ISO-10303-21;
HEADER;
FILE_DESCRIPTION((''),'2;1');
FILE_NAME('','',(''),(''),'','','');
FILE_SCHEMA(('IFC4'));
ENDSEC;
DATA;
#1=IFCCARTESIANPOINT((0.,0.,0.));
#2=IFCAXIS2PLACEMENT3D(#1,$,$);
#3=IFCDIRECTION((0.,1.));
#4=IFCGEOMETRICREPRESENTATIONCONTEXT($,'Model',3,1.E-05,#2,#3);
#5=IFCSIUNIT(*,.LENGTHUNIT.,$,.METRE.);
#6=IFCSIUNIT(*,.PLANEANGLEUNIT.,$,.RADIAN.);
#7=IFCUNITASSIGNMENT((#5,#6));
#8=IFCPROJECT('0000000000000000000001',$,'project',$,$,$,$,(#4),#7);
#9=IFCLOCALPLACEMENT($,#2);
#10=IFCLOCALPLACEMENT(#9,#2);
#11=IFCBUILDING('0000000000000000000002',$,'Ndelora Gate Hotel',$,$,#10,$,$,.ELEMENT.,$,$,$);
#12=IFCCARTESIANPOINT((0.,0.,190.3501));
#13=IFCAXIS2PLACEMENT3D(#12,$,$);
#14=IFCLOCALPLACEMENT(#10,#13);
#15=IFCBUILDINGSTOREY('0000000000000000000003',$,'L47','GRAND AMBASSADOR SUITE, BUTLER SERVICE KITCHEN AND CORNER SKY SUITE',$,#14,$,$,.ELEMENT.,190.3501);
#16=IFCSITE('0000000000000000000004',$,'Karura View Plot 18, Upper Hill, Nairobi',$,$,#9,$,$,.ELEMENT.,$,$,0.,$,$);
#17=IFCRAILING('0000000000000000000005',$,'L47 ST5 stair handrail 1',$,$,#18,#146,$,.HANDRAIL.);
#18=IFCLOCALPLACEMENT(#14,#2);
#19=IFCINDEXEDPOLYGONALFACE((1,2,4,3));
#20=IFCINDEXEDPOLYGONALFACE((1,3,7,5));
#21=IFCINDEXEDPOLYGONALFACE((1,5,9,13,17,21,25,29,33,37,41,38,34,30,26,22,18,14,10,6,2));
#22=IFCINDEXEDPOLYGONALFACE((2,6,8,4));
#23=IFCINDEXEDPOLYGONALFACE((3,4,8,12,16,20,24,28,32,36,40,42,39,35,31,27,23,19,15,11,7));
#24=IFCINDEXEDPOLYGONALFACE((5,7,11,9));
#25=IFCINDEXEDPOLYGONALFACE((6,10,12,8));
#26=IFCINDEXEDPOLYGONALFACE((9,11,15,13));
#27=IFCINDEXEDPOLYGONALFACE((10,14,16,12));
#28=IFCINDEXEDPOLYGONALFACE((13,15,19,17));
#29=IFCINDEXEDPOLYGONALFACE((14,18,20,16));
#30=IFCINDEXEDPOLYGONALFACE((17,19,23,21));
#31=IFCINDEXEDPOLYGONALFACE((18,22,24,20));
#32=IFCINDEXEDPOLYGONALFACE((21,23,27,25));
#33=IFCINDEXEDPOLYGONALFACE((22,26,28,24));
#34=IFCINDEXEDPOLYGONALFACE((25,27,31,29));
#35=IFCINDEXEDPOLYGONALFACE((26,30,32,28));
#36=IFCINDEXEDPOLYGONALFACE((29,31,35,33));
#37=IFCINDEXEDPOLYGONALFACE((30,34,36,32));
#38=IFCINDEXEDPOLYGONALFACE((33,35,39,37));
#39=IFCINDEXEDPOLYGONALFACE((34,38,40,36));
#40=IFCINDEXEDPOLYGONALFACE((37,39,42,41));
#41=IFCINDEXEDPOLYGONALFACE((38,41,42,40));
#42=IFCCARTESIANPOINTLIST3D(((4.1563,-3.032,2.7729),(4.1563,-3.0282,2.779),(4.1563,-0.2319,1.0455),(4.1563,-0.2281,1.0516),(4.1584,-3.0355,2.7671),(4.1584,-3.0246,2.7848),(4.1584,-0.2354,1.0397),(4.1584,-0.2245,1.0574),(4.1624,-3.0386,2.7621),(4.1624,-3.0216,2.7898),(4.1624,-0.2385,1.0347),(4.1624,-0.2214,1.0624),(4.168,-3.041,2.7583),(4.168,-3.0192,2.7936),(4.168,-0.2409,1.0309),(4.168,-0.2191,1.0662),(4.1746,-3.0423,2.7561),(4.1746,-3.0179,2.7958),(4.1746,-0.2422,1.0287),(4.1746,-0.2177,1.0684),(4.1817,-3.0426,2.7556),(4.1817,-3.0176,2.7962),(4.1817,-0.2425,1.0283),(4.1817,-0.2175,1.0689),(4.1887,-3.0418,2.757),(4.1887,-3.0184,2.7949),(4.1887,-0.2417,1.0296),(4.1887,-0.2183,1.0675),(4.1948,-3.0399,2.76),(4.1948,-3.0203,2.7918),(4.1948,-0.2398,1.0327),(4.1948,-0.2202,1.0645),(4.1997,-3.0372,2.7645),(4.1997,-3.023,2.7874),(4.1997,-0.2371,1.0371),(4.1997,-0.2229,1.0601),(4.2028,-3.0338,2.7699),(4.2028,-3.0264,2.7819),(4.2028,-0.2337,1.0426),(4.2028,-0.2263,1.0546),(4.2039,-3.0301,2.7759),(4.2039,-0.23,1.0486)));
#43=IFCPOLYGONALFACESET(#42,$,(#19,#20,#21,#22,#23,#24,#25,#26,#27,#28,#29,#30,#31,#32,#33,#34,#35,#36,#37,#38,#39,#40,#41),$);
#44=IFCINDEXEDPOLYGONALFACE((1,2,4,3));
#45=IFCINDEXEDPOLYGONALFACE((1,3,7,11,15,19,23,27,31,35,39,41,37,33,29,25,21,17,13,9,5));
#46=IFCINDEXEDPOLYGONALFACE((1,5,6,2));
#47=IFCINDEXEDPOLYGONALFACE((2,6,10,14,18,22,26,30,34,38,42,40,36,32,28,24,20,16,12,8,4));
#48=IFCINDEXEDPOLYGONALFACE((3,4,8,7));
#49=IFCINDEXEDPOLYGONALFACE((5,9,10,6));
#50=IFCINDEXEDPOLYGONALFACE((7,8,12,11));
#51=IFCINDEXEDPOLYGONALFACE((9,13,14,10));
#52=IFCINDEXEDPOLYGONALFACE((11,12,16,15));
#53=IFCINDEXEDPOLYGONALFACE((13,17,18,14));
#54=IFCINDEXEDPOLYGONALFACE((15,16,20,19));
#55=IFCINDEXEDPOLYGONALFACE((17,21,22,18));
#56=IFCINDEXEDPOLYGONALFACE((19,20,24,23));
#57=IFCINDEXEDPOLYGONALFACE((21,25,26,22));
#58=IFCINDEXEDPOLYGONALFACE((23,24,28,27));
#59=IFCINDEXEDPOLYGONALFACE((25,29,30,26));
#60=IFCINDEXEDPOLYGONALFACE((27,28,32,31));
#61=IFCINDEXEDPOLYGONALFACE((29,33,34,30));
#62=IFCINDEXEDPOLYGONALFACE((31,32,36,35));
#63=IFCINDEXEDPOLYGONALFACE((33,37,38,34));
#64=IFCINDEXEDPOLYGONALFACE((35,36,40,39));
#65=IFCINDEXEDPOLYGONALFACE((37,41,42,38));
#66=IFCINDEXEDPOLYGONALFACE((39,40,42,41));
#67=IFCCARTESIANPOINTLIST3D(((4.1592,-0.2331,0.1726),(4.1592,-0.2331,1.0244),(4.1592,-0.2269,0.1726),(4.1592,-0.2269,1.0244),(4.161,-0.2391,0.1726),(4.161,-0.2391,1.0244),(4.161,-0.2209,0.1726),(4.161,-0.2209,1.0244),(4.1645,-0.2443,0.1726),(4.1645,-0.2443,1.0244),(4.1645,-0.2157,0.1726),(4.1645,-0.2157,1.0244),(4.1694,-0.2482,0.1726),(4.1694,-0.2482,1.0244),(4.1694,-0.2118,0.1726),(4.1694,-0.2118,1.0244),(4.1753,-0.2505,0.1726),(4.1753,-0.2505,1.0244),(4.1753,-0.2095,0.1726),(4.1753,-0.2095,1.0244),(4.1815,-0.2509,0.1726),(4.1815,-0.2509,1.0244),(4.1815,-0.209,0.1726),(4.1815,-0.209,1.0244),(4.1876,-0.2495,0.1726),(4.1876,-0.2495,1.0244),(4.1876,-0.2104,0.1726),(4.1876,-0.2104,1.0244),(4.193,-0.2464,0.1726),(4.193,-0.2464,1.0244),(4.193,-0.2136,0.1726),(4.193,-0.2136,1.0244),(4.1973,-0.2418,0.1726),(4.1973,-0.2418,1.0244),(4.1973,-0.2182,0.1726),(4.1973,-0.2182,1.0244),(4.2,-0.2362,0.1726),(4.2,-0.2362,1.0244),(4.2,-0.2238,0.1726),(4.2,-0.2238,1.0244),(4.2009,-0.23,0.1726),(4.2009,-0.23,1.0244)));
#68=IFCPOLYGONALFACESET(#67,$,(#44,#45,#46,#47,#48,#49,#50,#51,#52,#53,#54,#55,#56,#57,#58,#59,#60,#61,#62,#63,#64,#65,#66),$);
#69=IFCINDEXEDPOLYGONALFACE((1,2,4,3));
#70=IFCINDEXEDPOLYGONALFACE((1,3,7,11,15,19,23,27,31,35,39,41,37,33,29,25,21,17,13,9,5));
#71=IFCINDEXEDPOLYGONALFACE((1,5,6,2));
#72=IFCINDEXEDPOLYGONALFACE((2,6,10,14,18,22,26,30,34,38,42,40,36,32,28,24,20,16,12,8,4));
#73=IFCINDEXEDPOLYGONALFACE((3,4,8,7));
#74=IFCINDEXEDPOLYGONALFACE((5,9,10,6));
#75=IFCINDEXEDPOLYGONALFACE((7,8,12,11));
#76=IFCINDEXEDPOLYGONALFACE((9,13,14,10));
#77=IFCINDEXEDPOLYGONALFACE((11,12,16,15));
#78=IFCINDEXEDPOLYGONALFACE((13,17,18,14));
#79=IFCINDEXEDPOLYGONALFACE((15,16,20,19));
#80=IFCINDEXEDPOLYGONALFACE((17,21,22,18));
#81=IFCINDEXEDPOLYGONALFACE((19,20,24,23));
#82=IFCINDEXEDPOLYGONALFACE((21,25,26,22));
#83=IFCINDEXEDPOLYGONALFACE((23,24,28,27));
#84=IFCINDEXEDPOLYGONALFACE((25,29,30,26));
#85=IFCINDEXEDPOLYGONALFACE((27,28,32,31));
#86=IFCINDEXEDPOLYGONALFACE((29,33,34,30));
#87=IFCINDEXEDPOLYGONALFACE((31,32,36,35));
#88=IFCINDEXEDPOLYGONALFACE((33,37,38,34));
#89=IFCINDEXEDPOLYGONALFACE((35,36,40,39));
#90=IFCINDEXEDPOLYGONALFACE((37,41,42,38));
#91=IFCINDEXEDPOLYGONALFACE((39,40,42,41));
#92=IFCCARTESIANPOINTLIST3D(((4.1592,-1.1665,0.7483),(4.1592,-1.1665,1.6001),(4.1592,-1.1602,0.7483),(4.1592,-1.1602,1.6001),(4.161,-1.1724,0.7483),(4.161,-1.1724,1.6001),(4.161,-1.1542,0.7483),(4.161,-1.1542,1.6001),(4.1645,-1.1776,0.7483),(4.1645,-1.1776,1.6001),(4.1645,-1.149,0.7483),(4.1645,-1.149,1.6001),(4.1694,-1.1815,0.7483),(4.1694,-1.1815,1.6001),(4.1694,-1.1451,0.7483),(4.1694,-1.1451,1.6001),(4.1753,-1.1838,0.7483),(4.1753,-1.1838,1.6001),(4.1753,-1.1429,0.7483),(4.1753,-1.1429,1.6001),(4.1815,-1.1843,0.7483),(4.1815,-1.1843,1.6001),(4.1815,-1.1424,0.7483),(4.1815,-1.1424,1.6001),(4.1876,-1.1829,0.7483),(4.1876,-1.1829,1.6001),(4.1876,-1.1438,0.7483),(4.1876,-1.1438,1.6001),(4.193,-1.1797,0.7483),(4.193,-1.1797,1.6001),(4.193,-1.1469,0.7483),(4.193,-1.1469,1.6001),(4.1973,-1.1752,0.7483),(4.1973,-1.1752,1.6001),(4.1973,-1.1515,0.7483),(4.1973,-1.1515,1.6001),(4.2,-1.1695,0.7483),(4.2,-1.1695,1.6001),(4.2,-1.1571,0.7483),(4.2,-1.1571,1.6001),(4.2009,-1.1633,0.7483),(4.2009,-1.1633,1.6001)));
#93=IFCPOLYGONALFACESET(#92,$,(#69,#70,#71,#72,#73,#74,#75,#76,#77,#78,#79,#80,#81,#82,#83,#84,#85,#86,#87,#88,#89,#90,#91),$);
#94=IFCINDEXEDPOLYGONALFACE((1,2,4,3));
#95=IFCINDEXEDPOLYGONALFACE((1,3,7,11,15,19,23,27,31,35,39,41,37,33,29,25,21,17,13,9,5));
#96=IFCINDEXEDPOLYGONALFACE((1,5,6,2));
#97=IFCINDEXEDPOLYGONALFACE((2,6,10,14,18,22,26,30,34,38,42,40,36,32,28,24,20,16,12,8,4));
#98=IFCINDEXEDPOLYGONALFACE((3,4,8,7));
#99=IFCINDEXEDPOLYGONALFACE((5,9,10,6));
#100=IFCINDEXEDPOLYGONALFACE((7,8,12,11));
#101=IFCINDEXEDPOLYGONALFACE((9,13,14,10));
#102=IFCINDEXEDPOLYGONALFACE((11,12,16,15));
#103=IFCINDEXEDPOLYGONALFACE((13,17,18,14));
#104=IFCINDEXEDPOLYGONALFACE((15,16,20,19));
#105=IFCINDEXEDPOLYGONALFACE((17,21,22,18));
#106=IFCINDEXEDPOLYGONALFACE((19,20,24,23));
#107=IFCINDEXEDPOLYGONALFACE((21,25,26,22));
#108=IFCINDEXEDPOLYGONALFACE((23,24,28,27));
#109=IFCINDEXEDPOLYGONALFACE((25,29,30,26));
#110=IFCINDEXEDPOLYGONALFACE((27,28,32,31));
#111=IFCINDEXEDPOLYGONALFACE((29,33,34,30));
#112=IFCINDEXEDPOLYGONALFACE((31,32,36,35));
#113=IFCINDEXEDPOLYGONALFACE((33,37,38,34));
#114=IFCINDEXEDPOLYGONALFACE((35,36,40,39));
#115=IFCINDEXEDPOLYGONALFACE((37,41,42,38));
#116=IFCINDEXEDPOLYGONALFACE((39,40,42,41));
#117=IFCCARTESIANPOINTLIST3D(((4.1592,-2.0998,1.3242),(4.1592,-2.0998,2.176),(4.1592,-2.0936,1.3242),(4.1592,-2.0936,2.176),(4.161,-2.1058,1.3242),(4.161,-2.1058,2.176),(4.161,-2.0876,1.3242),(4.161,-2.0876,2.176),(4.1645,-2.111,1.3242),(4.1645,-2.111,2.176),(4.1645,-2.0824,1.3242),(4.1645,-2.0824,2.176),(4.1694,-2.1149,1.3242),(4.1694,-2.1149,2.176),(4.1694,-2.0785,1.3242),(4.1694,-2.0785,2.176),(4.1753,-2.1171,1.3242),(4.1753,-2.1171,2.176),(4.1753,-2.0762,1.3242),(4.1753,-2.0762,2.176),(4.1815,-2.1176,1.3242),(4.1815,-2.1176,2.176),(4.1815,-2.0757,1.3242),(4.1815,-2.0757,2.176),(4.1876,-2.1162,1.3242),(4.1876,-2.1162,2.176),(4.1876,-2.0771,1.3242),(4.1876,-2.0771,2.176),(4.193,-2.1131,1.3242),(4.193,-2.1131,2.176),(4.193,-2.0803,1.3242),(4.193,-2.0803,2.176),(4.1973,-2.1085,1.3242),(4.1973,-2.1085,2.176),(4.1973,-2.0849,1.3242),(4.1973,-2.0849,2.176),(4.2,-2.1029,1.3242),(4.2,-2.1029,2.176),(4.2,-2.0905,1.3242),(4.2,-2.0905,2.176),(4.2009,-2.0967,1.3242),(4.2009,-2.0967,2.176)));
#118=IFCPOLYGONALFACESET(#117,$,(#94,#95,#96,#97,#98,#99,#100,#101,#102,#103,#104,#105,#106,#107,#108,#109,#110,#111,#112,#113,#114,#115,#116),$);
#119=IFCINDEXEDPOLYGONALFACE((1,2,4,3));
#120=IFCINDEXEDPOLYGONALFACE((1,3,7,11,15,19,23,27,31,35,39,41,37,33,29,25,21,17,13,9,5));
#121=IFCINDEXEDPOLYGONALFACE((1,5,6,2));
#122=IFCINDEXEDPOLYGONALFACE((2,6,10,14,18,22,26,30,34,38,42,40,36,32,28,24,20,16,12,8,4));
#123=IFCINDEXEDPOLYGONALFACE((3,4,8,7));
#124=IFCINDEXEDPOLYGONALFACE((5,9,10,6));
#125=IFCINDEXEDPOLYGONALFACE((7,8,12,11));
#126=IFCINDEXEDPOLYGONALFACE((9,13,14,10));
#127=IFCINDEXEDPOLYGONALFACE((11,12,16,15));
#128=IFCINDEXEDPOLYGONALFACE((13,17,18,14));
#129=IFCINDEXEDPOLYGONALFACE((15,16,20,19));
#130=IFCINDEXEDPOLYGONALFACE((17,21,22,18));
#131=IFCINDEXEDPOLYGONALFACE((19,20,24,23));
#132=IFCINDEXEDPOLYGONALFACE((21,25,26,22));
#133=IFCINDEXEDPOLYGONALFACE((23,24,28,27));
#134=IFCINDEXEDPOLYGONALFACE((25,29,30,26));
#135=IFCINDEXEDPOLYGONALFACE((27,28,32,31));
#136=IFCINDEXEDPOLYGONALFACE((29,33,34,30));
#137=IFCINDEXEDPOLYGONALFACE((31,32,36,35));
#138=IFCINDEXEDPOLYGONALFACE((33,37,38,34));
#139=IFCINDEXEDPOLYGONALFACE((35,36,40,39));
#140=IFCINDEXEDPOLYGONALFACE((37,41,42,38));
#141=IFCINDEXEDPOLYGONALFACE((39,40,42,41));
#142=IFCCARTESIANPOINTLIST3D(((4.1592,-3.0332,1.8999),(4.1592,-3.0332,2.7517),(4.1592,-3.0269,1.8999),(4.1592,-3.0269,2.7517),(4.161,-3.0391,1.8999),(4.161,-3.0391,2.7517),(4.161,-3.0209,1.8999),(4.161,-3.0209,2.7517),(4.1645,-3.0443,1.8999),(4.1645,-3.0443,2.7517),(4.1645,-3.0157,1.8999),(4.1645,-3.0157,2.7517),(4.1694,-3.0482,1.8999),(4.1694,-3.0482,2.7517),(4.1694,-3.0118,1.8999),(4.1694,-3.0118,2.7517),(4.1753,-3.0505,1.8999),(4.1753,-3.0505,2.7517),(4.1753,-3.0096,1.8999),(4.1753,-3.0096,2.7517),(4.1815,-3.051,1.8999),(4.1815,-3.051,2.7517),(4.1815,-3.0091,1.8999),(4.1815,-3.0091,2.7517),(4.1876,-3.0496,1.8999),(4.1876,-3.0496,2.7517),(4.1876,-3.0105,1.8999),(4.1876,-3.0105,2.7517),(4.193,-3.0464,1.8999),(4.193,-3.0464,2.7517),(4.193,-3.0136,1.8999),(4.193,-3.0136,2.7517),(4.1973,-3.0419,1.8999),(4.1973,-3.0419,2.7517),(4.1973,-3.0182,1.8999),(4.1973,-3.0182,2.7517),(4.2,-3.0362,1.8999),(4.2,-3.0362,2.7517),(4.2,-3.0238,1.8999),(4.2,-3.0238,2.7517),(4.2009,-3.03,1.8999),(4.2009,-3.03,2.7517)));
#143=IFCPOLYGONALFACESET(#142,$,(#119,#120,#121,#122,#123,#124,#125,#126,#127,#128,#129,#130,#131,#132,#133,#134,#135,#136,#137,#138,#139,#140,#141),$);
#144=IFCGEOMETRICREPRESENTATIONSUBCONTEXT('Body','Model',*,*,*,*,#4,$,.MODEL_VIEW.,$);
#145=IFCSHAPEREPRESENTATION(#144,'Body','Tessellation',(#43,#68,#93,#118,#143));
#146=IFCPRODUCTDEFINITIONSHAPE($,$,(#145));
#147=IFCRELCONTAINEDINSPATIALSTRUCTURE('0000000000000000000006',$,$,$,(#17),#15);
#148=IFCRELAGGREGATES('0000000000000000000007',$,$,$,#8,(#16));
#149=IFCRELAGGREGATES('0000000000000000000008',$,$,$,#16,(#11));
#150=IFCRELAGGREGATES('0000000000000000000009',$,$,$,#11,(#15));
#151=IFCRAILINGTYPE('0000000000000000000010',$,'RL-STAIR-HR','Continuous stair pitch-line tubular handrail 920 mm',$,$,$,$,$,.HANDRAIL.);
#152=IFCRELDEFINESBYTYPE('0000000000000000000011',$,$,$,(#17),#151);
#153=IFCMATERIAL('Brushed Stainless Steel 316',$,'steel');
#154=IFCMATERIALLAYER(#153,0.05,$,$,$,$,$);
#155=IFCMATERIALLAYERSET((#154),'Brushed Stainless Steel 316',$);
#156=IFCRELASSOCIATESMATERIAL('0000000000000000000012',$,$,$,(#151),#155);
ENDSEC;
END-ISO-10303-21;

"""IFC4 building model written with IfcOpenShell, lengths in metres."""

from ifc_helpers import new_model, si_unit, direction, frame, origin, origin_2d, place, context, subcontext, project, spatial, circle, extrude, material, layer, layer_set, type_object, element, save


model = new_model("IFC4")

# Units and contexts
model_context = context("Model", 3, precision=1e-05, world=origin(), true_north=direction((0.0, 1.0)))
body_context = subcontext(model_context, "Body", "Model", "MODEL_VIEW")
ifc_project = project(units=[si_unit("LENGTHUNIT", "METRE"), si_unit("PLANEANGLEUNIT", "RADIAN")], contexts=[model_context])

# Site, building, storey
site_placement = place(None, origin())
site = spatial("IfcSite", under=ifc_project, at=site_placement, Name="Karura View Plot 18, Upper Hill, Nairobi", CompositionType="ELEMENT", RefElevation=0.0)
building_placement = place(site_placement, origin())
building = spatial("IfcBuilding", under=site, at=building_placement, Name="Ndelora Gate Hotel", CompositionType="ELEMENT")
storey_placement = place(building_placement, frame((0.0, 0.0, 190.3501)))
storey = spatial("IfcBuildingStorey", under=building, at=storey_placement, Name="L47", Description="GRAND AMBASSADOR SUITE, BUTLER SERVICE KITCHEN AND CORNER SKY SUITE", CompositionType="ELEMENT", Elevation=190.3501)

# Railing
ifc_material_1 = material(Name="Brushed Stainless Steel 316", Category="steel")
ifc_layer_1 = layer(ifc_material_1, 0.05)
ifc_layer_set_1 = layer_set([ifc_layer_1], Name="Brushed Stainless Steel 316")
railing_type_1 = type_object("IfcRailingType", Name="RL-STAIR-HR", Description="Continuous stair pitch-line tubular handrail 920 mm", PredefinedType="HANDRAIL", material=ifc_layer_set_1)
railing_1_placement = place(storey_placement, frame((4.1799, -0.23, 0.1726)))
element("IfcRailing", 1, at=railing_1_placement, inside=storey, type_object=railing_type_1, Name="L47 ST5 stair handrail 1", PredefinedType="HANDRAIL", context=body_context, shape_type="SweptSolid", body=[
    extrude(circle(Radius=0.0239, at=origin_2d()), frame((0.0, 0.0, 0.876), z_axis=(0.0, -0.85109, 0.52502), x_axis=(1.0, 0.0, 0.0)), (0.0, 0.0, 1.0), 3.29),
    extrude(circle(Radius=0.021, at=origin_2d()), origin(), (0.0, 0.0, 1.0), 0.8518),
    extrude(circle(Radius=0.021, at=origin_2d()), frame((0.0, -0.9333, 0.5757)), (0.0, 0.0, 1.0), 0.8518),
    extrude(circle(Radius=0.021, at=origin_2d()), frame((0.0, -1.8667, 1.1516)), (0.0, 0.0, 1.0), 0.8518),
    extrude(circle(Radius=0.021, at=origin_2d()), frame((0.0, -2.8, 1.7273)), (0.0, 0.0, 1.0), 0.8518),
])

save(model, "model.ifc")
